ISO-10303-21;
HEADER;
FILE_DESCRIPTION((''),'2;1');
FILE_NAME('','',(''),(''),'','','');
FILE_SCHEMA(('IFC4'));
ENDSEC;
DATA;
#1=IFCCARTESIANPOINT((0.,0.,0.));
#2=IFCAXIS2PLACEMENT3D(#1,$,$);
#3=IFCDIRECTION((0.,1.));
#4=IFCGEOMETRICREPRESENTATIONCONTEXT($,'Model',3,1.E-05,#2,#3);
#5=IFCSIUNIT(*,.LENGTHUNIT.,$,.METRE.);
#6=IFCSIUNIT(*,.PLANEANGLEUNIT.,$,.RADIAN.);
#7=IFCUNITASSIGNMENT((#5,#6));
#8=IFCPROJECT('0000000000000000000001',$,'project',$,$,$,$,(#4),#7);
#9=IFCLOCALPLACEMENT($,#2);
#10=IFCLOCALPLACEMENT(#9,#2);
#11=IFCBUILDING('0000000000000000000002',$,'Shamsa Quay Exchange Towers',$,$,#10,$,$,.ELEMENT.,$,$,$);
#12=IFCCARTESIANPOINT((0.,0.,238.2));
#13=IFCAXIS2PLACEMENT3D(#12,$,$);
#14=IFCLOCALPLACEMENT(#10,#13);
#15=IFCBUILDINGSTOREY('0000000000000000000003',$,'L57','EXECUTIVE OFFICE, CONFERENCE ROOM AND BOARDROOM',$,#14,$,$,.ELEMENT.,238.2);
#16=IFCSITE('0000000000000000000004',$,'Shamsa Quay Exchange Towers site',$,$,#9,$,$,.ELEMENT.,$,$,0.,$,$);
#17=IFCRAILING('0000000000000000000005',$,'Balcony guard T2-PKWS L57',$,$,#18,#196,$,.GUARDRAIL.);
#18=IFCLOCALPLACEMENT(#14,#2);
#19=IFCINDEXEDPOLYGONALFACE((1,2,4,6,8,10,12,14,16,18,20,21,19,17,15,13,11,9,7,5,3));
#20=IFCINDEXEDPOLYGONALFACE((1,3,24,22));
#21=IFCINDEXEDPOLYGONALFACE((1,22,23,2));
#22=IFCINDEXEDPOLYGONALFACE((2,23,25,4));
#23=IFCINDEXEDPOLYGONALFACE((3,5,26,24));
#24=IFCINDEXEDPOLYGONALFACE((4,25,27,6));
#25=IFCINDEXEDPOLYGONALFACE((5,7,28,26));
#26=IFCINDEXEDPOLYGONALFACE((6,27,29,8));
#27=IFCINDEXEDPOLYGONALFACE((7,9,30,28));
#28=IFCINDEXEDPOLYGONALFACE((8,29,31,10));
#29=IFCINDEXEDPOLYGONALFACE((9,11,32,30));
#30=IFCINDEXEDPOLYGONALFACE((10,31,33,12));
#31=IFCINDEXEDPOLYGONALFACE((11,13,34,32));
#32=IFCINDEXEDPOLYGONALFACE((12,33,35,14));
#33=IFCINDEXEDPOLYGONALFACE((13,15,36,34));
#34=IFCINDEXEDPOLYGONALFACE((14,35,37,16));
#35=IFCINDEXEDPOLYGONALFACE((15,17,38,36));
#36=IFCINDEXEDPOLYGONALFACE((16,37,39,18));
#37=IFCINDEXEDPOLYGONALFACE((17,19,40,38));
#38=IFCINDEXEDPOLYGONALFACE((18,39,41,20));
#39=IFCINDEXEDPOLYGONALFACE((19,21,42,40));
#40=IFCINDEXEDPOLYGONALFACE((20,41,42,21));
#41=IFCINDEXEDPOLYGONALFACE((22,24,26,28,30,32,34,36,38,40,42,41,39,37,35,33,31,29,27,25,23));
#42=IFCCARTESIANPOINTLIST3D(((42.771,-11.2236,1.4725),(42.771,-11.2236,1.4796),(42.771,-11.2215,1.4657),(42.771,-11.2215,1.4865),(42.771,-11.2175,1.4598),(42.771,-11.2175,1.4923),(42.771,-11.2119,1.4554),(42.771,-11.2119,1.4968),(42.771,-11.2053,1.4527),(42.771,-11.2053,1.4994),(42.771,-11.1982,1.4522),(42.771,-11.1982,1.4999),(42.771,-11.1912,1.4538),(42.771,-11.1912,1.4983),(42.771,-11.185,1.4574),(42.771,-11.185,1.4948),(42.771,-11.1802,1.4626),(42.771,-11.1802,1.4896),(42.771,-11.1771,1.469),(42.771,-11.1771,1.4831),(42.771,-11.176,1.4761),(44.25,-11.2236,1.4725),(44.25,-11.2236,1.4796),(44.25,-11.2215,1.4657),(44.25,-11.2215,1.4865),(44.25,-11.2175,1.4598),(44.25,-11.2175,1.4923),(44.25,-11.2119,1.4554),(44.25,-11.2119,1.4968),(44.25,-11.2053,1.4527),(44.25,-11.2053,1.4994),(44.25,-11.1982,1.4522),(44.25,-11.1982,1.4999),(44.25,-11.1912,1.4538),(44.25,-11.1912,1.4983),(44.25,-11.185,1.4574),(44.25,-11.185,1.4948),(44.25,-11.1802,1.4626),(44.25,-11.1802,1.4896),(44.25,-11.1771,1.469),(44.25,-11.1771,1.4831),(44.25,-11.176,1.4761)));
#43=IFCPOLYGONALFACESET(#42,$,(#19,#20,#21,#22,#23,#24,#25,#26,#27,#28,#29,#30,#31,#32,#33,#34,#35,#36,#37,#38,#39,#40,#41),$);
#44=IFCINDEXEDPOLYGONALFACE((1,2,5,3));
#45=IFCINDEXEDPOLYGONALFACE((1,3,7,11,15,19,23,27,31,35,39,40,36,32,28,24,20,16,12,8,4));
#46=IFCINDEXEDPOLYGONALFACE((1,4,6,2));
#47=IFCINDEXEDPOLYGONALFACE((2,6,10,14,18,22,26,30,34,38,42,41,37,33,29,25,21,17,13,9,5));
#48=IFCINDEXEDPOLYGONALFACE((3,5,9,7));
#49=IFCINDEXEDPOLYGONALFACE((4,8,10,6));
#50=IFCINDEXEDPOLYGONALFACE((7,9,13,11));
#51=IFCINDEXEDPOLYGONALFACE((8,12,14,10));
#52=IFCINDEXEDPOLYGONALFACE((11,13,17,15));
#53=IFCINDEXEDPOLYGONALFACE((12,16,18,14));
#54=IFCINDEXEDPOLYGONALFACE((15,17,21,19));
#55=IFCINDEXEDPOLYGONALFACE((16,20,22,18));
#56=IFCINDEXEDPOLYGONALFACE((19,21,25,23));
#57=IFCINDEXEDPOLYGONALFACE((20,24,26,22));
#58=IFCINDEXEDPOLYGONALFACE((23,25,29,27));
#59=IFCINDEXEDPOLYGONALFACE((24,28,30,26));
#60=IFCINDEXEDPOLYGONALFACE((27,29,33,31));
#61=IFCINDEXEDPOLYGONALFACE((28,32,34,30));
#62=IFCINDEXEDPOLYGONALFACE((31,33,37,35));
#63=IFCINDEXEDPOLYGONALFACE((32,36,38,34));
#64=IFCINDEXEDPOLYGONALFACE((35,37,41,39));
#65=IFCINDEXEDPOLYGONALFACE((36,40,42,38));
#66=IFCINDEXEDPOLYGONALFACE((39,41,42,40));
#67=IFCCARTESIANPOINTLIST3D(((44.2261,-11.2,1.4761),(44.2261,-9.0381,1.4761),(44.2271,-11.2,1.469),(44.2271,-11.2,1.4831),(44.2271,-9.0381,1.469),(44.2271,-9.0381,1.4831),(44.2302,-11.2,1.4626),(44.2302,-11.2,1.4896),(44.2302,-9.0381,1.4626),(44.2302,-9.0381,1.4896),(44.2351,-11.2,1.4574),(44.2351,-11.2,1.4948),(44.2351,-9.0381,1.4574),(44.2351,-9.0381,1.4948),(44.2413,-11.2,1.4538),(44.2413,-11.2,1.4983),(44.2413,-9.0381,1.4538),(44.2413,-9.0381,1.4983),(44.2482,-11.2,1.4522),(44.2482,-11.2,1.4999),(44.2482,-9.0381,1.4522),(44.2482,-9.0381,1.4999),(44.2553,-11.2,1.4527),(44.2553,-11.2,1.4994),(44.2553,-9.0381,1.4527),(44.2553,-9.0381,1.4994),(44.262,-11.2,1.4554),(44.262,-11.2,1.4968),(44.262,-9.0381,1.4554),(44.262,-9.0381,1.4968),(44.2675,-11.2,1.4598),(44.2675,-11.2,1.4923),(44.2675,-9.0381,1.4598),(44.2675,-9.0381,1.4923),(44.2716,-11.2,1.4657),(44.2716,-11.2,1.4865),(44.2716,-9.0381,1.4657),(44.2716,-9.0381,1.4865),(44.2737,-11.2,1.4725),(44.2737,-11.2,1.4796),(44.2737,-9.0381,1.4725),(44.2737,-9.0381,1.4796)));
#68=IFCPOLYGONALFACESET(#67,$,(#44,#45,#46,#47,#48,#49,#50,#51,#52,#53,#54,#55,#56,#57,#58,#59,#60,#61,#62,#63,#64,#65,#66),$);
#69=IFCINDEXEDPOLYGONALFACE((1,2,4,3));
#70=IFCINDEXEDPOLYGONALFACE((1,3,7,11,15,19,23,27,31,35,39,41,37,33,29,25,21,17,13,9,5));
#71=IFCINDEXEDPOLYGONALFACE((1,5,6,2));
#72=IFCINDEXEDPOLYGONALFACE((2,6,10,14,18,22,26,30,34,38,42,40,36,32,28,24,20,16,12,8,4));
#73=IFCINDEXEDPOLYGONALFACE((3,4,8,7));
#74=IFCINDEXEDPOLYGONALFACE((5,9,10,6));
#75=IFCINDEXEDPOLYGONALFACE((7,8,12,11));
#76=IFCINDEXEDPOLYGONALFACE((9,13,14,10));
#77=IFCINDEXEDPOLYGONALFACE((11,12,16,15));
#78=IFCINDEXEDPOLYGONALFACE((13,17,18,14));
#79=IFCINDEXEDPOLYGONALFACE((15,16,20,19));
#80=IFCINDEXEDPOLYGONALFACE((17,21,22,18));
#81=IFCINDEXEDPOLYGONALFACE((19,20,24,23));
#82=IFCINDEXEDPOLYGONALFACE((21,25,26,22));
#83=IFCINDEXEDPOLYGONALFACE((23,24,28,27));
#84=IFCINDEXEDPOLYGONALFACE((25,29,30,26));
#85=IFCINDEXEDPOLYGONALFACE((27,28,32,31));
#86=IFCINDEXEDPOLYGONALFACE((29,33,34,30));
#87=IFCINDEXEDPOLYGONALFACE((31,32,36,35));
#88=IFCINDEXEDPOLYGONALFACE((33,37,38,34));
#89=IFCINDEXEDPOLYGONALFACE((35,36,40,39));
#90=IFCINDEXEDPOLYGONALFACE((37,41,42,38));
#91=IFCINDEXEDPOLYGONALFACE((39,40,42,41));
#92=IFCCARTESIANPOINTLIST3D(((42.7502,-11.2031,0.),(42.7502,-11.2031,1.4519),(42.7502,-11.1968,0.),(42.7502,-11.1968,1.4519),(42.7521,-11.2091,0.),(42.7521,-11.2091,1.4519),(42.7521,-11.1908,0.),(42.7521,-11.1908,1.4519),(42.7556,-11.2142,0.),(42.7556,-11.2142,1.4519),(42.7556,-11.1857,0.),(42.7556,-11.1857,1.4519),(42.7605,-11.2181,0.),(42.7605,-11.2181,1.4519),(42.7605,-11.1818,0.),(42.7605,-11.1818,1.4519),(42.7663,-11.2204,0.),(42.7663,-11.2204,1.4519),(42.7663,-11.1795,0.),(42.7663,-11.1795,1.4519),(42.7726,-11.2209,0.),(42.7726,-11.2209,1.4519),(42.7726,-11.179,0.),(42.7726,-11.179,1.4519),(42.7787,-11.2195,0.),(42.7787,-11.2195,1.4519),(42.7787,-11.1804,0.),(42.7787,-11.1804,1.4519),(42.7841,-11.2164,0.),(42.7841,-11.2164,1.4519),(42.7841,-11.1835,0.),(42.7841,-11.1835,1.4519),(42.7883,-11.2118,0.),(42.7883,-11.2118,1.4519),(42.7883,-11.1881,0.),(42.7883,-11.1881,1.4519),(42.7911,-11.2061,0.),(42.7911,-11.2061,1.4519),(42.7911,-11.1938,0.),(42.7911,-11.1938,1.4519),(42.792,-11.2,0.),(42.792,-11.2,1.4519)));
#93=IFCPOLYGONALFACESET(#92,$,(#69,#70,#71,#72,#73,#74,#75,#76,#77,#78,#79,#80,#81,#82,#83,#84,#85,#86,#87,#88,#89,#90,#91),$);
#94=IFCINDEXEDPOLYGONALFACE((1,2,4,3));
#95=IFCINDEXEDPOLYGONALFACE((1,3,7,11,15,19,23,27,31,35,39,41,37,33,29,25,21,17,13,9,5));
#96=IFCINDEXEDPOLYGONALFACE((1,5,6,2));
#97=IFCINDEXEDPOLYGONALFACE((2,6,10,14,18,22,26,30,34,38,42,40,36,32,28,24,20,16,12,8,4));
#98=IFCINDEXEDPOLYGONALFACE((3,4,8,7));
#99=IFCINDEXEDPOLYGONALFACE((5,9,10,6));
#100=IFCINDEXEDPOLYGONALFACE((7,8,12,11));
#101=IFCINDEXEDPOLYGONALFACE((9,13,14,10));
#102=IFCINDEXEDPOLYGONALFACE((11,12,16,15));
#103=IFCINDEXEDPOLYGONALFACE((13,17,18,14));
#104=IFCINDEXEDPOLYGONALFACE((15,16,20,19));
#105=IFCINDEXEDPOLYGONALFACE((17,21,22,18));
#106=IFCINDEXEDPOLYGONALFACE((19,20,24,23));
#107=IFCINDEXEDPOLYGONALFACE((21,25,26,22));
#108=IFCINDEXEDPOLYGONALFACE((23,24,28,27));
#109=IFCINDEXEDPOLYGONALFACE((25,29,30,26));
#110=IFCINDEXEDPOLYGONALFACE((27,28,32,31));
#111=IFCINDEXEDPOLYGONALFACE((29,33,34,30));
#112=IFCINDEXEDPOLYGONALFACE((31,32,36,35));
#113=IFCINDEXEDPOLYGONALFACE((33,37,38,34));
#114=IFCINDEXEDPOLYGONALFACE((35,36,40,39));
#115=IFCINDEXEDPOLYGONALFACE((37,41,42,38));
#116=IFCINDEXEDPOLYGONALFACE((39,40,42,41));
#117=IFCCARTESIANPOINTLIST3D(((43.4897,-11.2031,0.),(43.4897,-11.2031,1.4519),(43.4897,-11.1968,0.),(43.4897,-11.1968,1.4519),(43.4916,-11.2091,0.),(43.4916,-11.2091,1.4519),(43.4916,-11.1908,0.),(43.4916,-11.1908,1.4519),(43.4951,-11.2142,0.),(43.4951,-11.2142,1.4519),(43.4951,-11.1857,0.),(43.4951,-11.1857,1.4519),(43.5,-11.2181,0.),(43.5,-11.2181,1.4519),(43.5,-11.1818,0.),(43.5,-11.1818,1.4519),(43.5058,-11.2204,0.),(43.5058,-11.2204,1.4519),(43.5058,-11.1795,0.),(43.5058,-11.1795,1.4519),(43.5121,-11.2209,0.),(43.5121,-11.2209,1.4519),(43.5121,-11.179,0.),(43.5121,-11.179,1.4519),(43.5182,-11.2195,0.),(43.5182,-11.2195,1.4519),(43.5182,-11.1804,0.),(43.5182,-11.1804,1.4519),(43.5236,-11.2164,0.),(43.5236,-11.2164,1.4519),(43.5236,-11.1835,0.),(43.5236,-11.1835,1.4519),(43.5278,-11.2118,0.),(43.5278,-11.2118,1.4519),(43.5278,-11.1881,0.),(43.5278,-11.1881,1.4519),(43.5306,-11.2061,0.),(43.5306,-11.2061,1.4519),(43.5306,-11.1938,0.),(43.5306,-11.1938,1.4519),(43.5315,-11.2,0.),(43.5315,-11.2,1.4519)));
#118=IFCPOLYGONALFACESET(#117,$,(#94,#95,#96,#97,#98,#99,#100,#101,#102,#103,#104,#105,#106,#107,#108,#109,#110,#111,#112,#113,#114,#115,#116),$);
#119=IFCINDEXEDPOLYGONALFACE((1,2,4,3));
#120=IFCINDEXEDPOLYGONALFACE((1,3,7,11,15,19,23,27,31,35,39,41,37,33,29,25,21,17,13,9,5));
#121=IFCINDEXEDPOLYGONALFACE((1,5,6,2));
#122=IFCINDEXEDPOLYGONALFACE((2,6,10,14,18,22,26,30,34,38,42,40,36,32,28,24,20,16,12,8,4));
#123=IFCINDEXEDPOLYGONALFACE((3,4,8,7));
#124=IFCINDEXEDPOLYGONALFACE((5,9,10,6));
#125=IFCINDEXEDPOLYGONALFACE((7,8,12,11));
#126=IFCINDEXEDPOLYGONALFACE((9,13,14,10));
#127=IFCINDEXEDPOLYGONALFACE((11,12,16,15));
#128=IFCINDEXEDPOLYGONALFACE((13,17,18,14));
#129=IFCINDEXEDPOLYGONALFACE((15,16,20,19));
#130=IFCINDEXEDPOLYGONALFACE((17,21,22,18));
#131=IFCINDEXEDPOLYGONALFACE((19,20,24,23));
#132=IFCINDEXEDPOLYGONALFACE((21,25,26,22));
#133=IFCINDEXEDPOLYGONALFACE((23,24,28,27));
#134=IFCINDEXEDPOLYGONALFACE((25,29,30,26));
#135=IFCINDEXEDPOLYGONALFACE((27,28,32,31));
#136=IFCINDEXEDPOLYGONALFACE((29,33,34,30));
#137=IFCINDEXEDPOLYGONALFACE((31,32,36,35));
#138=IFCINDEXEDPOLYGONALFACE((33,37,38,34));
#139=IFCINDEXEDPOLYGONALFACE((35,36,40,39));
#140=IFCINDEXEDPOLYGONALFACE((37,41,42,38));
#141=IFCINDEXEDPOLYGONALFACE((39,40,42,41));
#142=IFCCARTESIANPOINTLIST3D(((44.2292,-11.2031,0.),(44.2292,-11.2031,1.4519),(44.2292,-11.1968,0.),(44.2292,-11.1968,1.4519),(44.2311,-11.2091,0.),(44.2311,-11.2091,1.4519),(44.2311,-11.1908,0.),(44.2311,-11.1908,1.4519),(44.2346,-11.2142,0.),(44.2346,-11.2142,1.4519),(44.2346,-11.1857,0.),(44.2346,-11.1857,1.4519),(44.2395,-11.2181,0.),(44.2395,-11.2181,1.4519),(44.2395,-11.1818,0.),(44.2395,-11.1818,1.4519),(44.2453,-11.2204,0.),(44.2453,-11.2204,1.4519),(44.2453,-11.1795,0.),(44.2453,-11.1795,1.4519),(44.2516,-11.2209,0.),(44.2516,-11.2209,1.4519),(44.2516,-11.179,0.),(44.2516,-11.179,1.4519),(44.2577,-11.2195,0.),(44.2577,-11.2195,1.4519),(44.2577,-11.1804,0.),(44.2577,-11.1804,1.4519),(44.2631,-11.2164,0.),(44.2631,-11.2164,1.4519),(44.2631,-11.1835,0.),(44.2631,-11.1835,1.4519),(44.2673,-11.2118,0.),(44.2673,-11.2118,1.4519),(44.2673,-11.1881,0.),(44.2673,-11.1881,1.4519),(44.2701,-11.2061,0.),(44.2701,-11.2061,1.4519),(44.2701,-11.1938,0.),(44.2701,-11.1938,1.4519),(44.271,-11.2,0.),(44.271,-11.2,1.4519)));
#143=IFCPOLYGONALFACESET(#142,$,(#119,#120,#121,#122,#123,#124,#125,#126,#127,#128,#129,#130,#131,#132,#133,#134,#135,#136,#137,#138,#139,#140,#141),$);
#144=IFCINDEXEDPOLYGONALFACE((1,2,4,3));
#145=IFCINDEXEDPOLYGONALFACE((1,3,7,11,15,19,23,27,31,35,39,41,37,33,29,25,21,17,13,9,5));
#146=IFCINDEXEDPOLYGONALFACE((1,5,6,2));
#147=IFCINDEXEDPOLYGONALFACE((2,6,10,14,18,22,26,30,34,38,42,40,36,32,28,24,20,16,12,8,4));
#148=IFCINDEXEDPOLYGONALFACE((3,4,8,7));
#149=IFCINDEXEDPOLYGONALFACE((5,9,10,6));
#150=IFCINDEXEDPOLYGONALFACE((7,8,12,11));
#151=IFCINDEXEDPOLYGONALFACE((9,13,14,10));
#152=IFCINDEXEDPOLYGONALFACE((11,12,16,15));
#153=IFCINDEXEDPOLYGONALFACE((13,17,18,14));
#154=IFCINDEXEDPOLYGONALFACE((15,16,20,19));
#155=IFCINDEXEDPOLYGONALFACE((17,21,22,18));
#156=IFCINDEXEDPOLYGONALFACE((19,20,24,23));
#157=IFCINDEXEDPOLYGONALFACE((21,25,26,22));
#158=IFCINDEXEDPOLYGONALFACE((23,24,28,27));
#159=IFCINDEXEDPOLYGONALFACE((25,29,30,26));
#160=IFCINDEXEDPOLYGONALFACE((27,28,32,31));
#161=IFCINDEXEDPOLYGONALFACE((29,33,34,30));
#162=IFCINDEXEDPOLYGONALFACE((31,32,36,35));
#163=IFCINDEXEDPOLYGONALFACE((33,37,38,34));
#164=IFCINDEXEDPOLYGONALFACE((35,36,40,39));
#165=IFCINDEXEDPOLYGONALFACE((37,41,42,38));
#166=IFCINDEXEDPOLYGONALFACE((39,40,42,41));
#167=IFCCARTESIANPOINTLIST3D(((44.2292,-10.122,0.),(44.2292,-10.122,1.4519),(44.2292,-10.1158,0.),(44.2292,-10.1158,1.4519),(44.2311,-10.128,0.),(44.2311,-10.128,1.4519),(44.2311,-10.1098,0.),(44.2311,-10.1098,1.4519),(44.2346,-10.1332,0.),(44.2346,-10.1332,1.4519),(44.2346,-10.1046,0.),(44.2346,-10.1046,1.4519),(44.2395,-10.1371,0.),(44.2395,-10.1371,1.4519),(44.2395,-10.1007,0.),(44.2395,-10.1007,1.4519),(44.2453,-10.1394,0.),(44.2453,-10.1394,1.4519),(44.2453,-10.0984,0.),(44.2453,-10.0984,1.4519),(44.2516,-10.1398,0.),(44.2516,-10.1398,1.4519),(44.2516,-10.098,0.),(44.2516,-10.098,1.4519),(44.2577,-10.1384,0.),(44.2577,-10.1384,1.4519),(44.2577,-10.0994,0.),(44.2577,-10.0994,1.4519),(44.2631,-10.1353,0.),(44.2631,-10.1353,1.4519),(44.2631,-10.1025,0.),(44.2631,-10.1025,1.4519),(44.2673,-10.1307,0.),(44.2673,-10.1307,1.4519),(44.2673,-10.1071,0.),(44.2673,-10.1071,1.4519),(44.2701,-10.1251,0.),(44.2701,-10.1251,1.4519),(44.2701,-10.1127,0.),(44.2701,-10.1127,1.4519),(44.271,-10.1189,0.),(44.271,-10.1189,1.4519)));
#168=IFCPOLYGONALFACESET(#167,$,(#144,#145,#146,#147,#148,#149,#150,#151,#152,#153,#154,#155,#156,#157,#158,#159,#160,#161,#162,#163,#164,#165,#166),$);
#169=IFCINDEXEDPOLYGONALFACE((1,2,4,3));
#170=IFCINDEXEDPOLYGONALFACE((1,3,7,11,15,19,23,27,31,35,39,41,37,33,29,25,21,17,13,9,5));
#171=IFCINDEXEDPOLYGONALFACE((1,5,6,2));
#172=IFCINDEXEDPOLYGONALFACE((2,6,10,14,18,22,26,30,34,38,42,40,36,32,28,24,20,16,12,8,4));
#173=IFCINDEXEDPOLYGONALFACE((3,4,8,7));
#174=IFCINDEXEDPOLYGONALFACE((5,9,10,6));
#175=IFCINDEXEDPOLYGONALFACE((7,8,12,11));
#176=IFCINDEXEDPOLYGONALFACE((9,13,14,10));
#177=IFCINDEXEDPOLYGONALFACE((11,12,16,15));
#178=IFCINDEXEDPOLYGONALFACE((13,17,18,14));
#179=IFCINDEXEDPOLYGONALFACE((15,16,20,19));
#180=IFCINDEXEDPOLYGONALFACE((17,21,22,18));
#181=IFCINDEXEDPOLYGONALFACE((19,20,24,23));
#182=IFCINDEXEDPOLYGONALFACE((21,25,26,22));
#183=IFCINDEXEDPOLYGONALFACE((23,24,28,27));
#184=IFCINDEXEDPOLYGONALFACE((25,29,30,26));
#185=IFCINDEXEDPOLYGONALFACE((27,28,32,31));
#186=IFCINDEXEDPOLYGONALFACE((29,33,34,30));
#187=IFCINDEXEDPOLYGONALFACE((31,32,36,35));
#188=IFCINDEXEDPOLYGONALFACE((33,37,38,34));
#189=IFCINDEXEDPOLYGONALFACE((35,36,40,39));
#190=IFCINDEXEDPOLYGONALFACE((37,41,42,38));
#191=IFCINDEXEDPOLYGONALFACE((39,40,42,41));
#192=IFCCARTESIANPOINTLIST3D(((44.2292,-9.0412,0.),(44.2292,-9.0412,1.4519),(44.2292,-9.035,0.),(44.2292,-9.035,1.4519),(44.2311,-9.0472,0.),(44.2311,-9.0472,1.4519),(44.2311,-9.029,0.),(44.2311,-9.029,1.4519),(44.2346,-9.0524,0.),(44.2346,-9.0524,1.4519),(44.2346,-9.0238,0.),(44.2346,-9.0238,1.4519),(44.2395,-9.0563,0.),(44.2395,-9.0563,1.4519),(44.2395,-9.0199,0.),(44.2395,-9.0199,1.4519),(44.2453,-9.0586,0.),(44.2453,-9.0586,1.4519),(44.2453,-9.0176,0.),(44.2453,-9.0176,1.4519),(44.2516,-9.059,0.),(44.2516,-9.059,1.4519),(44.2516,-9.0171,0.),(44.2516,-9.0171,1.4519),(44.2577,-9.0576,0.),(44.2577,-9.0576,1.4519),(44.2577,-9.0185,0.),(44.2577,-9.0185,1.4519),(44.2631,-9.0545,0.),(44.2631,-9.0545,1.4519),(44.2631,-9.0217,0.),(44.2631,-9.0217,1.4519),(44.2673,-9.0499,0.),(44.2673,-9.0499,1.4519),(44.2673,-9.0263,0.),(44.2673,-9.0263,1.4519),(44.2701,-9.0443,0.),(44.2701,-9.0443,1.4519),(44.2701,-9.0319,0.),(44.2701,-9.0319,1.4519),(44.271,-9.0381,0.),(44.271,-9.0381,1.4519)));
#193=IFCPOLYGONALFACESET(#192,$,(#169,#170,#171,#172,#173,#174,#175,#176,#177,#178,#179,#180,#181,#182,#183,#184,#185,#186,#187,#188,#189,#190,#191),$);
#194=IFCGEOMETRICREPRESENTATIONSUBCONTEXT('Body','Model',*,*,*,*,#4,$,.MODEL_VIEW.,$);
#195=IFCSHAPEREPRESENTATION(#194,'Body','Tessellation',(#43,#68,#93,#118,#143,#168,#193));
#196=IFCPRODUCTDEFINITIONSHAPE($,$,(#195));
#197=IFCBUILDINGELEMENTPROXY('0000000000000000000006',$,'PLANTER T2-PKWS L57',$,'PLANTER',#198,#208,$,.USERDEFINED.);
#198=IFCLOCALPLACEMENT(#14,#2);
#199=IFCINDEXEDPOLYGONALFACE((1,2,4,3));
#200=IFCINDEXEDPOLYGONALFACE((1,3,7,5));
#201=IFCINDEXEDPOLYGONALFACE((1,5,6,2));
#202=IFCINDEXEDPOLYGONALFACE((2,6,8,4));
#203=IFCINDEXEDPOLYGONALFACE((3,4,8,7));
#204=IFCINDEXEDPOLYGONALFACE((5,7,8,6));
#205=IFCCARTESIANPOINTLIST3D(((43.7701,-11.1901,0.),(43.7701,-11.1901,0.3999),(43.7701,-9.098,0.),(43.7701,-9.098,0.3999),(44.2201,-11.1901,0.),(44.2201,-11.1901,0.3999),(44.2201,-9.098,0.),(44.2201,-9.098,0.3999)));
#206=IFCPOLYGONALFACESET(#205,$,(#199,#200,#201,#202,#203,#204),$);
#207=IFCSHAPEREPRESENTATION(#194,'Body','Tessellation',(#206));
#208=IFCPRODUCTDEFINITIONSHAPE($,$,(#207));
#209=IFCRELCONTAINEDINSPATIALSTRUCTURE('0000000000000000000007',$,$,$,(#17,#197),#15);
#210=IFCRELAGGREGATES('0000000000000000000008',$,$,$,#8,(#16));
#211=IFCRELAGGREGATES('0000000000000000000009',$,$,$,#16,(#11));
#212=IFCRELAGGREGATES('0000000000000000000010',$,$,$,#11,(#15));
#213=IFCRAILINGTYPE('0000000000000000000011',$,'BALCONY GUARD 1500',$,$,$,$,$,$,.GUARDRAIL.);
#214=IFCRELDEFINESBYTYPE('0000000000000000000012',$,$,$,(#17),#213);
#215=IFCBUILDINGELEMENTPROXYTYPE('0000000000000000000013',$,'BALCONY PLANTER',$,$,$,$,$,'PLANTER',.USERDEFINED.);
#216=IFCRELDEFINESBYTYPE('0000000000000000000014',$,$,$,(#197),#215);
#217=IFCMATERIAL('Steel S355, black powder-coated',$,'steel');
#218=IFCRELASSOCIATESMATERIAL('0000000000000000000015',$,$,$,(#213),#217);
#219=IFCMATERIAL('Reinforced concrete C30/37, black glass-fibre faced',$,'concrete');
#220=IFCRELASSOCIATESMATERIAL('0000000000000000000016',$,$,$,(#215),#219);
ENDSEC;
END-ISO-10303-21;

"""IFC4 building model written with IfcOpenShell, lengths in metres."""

from ifc_helpers import new_model, si_unit, direction, frame, origin, origin_2d, place, context, subcontext, project, spatial, rectangle, circle, extrude, material, type_object, element, save


model = new_model("IFC4")

# Units and contexts
model_context = context("Model", 3, precision=1e-05, world=origin(), true_north=direction((0.0, 1.0)))
body_context = subcontext(model_context, "Body", "Model", "MODEL_VIEW")
ifc_project = project(units=[si_unit("LENGTHUNIT", "METRE"), si_unit("PLANEANGLEUNIT", "RADIAN")], contexts=[model_context])

# Site, building, storey
site_placement = place(None, origin())
site = spatial("IfcSite", under=ifc_project, at=site_placement, Name="Shamsa Quay Exchange Towers site", CompositionType="ELEMENT", RefElevation=0.0)
building_placement = place(site_placement, origin())
building = spatial("IfcBuilding", under=site, at=building_placement, Name="Shamsa Quay Exchange Towers", CompositionType="ELEMENT")
storey_placement = place(building_placement, frame((0.0, 0.0, 238.2)))
storey = spatial("IfcBuildingStorey", under=building, at=storey_placement, Name="L57", Description="EXECUTIVE OFFICE, CONFERENCE ROOM AND BOARDROOM", CompositionType="ELEMENT", Elevation=238.2)

# Railing
ifc_material_1 = material(Name="Steel S355, black powder-coated", Category="steel")
railing_type = type_object("IfcRailingType", Name="BALCONY GUARD 1500", PredefinedType="GUARDRAIL", material=ifc_material_1)
railing_placement = place(storey_placement, frame((42.771, -11.2, 0.0)))
element("IfcRailing", 1, at=railing_placement, inside=storey, type_object=railing_type, Name="Balcony guard T2-PKWS L57", PredefinedType="GUARDRAIL", context=body_context, shape_type="SweptSolid", body=[
    extrude(circle(Radius=0.0239, at=origin_2d()), frame((0.0, 0.0, 1.4761), z_axis=(1.0, 0.0, 0.0), x_axis=(0.0, 1.0, 0.0)), (0.0, 0.0, 1.0), 1.479),
    extrude(circle(Radius=0.0239, at=origin_2d()), frame((1.479, 0.0, 1.4761), z_axis=(0.0, 1.0, 0.0), x_axis=(-1.0, 0.0, 0.0)), (0.0, 0.0, 1.0), 2.1619),
    extrude(circle(Radius=0.021, at=origin_2d()), origin(), (0.0, 0.0, 1.0), 1.4519),
    extrude(circle(Radius=0.021, at=origin_2d()), frame((0.7395, 0.0, 0.0)), (0.0, 0.0, 1.0), 1.4519),
    extrude(circle(Radius=0.021, at=origin_2d()), frame((1.479, 0.0, 0.0)), (0.0, 0.0, 1.0), 1.4519),
    extrude(circle(Radius=0.021, at=origin_2d()), frame((1.479, 1.0811, 0.0)), (0.0, 0.0, 1.0), 1.4519),
    extrude(circle(Radius=0.021, at=origin_2d()), frame((1.479, 2.1619, 0.0)), (0.0, 0.0, 1.0), 1.4519),
])

# Building element proxy
ifc_material_2 = material(Name="Reinforced concrete C30/37, black glass-fibre faced", Category="concrete")
building_element_proxy_type = type_object("IfcBuildingElementProxyType", Name="BALCONY PLANTER", ElementType="PLANTER", PredefinedType="USERDEFINED", material=ifc_material_2)
proxy_placement = place(storey_placement, frame((43.9951, -10.144, 0.0), z_axis=(0.0, 0.0, 1.0), x_axis=(0.0, 1.0, 0.0)))
element("IfcBuildingElementProxy", 2, at=proxy_placement, inside=storey, type_object=building_element_proxy_type, Name="PLANTER T2-PKWS L57", ObjectType="PLANTER", PredefinedType="USERDEFINED", context=body_context, shape_type="SweptSolid", body=[
    extrude(rectangle(XDim=2.092, YDim=0.45, at=origin_2d()), origin(), (0.0, 0.0, 1.0), 0.3999),
])

save(model, "model.ifc")
